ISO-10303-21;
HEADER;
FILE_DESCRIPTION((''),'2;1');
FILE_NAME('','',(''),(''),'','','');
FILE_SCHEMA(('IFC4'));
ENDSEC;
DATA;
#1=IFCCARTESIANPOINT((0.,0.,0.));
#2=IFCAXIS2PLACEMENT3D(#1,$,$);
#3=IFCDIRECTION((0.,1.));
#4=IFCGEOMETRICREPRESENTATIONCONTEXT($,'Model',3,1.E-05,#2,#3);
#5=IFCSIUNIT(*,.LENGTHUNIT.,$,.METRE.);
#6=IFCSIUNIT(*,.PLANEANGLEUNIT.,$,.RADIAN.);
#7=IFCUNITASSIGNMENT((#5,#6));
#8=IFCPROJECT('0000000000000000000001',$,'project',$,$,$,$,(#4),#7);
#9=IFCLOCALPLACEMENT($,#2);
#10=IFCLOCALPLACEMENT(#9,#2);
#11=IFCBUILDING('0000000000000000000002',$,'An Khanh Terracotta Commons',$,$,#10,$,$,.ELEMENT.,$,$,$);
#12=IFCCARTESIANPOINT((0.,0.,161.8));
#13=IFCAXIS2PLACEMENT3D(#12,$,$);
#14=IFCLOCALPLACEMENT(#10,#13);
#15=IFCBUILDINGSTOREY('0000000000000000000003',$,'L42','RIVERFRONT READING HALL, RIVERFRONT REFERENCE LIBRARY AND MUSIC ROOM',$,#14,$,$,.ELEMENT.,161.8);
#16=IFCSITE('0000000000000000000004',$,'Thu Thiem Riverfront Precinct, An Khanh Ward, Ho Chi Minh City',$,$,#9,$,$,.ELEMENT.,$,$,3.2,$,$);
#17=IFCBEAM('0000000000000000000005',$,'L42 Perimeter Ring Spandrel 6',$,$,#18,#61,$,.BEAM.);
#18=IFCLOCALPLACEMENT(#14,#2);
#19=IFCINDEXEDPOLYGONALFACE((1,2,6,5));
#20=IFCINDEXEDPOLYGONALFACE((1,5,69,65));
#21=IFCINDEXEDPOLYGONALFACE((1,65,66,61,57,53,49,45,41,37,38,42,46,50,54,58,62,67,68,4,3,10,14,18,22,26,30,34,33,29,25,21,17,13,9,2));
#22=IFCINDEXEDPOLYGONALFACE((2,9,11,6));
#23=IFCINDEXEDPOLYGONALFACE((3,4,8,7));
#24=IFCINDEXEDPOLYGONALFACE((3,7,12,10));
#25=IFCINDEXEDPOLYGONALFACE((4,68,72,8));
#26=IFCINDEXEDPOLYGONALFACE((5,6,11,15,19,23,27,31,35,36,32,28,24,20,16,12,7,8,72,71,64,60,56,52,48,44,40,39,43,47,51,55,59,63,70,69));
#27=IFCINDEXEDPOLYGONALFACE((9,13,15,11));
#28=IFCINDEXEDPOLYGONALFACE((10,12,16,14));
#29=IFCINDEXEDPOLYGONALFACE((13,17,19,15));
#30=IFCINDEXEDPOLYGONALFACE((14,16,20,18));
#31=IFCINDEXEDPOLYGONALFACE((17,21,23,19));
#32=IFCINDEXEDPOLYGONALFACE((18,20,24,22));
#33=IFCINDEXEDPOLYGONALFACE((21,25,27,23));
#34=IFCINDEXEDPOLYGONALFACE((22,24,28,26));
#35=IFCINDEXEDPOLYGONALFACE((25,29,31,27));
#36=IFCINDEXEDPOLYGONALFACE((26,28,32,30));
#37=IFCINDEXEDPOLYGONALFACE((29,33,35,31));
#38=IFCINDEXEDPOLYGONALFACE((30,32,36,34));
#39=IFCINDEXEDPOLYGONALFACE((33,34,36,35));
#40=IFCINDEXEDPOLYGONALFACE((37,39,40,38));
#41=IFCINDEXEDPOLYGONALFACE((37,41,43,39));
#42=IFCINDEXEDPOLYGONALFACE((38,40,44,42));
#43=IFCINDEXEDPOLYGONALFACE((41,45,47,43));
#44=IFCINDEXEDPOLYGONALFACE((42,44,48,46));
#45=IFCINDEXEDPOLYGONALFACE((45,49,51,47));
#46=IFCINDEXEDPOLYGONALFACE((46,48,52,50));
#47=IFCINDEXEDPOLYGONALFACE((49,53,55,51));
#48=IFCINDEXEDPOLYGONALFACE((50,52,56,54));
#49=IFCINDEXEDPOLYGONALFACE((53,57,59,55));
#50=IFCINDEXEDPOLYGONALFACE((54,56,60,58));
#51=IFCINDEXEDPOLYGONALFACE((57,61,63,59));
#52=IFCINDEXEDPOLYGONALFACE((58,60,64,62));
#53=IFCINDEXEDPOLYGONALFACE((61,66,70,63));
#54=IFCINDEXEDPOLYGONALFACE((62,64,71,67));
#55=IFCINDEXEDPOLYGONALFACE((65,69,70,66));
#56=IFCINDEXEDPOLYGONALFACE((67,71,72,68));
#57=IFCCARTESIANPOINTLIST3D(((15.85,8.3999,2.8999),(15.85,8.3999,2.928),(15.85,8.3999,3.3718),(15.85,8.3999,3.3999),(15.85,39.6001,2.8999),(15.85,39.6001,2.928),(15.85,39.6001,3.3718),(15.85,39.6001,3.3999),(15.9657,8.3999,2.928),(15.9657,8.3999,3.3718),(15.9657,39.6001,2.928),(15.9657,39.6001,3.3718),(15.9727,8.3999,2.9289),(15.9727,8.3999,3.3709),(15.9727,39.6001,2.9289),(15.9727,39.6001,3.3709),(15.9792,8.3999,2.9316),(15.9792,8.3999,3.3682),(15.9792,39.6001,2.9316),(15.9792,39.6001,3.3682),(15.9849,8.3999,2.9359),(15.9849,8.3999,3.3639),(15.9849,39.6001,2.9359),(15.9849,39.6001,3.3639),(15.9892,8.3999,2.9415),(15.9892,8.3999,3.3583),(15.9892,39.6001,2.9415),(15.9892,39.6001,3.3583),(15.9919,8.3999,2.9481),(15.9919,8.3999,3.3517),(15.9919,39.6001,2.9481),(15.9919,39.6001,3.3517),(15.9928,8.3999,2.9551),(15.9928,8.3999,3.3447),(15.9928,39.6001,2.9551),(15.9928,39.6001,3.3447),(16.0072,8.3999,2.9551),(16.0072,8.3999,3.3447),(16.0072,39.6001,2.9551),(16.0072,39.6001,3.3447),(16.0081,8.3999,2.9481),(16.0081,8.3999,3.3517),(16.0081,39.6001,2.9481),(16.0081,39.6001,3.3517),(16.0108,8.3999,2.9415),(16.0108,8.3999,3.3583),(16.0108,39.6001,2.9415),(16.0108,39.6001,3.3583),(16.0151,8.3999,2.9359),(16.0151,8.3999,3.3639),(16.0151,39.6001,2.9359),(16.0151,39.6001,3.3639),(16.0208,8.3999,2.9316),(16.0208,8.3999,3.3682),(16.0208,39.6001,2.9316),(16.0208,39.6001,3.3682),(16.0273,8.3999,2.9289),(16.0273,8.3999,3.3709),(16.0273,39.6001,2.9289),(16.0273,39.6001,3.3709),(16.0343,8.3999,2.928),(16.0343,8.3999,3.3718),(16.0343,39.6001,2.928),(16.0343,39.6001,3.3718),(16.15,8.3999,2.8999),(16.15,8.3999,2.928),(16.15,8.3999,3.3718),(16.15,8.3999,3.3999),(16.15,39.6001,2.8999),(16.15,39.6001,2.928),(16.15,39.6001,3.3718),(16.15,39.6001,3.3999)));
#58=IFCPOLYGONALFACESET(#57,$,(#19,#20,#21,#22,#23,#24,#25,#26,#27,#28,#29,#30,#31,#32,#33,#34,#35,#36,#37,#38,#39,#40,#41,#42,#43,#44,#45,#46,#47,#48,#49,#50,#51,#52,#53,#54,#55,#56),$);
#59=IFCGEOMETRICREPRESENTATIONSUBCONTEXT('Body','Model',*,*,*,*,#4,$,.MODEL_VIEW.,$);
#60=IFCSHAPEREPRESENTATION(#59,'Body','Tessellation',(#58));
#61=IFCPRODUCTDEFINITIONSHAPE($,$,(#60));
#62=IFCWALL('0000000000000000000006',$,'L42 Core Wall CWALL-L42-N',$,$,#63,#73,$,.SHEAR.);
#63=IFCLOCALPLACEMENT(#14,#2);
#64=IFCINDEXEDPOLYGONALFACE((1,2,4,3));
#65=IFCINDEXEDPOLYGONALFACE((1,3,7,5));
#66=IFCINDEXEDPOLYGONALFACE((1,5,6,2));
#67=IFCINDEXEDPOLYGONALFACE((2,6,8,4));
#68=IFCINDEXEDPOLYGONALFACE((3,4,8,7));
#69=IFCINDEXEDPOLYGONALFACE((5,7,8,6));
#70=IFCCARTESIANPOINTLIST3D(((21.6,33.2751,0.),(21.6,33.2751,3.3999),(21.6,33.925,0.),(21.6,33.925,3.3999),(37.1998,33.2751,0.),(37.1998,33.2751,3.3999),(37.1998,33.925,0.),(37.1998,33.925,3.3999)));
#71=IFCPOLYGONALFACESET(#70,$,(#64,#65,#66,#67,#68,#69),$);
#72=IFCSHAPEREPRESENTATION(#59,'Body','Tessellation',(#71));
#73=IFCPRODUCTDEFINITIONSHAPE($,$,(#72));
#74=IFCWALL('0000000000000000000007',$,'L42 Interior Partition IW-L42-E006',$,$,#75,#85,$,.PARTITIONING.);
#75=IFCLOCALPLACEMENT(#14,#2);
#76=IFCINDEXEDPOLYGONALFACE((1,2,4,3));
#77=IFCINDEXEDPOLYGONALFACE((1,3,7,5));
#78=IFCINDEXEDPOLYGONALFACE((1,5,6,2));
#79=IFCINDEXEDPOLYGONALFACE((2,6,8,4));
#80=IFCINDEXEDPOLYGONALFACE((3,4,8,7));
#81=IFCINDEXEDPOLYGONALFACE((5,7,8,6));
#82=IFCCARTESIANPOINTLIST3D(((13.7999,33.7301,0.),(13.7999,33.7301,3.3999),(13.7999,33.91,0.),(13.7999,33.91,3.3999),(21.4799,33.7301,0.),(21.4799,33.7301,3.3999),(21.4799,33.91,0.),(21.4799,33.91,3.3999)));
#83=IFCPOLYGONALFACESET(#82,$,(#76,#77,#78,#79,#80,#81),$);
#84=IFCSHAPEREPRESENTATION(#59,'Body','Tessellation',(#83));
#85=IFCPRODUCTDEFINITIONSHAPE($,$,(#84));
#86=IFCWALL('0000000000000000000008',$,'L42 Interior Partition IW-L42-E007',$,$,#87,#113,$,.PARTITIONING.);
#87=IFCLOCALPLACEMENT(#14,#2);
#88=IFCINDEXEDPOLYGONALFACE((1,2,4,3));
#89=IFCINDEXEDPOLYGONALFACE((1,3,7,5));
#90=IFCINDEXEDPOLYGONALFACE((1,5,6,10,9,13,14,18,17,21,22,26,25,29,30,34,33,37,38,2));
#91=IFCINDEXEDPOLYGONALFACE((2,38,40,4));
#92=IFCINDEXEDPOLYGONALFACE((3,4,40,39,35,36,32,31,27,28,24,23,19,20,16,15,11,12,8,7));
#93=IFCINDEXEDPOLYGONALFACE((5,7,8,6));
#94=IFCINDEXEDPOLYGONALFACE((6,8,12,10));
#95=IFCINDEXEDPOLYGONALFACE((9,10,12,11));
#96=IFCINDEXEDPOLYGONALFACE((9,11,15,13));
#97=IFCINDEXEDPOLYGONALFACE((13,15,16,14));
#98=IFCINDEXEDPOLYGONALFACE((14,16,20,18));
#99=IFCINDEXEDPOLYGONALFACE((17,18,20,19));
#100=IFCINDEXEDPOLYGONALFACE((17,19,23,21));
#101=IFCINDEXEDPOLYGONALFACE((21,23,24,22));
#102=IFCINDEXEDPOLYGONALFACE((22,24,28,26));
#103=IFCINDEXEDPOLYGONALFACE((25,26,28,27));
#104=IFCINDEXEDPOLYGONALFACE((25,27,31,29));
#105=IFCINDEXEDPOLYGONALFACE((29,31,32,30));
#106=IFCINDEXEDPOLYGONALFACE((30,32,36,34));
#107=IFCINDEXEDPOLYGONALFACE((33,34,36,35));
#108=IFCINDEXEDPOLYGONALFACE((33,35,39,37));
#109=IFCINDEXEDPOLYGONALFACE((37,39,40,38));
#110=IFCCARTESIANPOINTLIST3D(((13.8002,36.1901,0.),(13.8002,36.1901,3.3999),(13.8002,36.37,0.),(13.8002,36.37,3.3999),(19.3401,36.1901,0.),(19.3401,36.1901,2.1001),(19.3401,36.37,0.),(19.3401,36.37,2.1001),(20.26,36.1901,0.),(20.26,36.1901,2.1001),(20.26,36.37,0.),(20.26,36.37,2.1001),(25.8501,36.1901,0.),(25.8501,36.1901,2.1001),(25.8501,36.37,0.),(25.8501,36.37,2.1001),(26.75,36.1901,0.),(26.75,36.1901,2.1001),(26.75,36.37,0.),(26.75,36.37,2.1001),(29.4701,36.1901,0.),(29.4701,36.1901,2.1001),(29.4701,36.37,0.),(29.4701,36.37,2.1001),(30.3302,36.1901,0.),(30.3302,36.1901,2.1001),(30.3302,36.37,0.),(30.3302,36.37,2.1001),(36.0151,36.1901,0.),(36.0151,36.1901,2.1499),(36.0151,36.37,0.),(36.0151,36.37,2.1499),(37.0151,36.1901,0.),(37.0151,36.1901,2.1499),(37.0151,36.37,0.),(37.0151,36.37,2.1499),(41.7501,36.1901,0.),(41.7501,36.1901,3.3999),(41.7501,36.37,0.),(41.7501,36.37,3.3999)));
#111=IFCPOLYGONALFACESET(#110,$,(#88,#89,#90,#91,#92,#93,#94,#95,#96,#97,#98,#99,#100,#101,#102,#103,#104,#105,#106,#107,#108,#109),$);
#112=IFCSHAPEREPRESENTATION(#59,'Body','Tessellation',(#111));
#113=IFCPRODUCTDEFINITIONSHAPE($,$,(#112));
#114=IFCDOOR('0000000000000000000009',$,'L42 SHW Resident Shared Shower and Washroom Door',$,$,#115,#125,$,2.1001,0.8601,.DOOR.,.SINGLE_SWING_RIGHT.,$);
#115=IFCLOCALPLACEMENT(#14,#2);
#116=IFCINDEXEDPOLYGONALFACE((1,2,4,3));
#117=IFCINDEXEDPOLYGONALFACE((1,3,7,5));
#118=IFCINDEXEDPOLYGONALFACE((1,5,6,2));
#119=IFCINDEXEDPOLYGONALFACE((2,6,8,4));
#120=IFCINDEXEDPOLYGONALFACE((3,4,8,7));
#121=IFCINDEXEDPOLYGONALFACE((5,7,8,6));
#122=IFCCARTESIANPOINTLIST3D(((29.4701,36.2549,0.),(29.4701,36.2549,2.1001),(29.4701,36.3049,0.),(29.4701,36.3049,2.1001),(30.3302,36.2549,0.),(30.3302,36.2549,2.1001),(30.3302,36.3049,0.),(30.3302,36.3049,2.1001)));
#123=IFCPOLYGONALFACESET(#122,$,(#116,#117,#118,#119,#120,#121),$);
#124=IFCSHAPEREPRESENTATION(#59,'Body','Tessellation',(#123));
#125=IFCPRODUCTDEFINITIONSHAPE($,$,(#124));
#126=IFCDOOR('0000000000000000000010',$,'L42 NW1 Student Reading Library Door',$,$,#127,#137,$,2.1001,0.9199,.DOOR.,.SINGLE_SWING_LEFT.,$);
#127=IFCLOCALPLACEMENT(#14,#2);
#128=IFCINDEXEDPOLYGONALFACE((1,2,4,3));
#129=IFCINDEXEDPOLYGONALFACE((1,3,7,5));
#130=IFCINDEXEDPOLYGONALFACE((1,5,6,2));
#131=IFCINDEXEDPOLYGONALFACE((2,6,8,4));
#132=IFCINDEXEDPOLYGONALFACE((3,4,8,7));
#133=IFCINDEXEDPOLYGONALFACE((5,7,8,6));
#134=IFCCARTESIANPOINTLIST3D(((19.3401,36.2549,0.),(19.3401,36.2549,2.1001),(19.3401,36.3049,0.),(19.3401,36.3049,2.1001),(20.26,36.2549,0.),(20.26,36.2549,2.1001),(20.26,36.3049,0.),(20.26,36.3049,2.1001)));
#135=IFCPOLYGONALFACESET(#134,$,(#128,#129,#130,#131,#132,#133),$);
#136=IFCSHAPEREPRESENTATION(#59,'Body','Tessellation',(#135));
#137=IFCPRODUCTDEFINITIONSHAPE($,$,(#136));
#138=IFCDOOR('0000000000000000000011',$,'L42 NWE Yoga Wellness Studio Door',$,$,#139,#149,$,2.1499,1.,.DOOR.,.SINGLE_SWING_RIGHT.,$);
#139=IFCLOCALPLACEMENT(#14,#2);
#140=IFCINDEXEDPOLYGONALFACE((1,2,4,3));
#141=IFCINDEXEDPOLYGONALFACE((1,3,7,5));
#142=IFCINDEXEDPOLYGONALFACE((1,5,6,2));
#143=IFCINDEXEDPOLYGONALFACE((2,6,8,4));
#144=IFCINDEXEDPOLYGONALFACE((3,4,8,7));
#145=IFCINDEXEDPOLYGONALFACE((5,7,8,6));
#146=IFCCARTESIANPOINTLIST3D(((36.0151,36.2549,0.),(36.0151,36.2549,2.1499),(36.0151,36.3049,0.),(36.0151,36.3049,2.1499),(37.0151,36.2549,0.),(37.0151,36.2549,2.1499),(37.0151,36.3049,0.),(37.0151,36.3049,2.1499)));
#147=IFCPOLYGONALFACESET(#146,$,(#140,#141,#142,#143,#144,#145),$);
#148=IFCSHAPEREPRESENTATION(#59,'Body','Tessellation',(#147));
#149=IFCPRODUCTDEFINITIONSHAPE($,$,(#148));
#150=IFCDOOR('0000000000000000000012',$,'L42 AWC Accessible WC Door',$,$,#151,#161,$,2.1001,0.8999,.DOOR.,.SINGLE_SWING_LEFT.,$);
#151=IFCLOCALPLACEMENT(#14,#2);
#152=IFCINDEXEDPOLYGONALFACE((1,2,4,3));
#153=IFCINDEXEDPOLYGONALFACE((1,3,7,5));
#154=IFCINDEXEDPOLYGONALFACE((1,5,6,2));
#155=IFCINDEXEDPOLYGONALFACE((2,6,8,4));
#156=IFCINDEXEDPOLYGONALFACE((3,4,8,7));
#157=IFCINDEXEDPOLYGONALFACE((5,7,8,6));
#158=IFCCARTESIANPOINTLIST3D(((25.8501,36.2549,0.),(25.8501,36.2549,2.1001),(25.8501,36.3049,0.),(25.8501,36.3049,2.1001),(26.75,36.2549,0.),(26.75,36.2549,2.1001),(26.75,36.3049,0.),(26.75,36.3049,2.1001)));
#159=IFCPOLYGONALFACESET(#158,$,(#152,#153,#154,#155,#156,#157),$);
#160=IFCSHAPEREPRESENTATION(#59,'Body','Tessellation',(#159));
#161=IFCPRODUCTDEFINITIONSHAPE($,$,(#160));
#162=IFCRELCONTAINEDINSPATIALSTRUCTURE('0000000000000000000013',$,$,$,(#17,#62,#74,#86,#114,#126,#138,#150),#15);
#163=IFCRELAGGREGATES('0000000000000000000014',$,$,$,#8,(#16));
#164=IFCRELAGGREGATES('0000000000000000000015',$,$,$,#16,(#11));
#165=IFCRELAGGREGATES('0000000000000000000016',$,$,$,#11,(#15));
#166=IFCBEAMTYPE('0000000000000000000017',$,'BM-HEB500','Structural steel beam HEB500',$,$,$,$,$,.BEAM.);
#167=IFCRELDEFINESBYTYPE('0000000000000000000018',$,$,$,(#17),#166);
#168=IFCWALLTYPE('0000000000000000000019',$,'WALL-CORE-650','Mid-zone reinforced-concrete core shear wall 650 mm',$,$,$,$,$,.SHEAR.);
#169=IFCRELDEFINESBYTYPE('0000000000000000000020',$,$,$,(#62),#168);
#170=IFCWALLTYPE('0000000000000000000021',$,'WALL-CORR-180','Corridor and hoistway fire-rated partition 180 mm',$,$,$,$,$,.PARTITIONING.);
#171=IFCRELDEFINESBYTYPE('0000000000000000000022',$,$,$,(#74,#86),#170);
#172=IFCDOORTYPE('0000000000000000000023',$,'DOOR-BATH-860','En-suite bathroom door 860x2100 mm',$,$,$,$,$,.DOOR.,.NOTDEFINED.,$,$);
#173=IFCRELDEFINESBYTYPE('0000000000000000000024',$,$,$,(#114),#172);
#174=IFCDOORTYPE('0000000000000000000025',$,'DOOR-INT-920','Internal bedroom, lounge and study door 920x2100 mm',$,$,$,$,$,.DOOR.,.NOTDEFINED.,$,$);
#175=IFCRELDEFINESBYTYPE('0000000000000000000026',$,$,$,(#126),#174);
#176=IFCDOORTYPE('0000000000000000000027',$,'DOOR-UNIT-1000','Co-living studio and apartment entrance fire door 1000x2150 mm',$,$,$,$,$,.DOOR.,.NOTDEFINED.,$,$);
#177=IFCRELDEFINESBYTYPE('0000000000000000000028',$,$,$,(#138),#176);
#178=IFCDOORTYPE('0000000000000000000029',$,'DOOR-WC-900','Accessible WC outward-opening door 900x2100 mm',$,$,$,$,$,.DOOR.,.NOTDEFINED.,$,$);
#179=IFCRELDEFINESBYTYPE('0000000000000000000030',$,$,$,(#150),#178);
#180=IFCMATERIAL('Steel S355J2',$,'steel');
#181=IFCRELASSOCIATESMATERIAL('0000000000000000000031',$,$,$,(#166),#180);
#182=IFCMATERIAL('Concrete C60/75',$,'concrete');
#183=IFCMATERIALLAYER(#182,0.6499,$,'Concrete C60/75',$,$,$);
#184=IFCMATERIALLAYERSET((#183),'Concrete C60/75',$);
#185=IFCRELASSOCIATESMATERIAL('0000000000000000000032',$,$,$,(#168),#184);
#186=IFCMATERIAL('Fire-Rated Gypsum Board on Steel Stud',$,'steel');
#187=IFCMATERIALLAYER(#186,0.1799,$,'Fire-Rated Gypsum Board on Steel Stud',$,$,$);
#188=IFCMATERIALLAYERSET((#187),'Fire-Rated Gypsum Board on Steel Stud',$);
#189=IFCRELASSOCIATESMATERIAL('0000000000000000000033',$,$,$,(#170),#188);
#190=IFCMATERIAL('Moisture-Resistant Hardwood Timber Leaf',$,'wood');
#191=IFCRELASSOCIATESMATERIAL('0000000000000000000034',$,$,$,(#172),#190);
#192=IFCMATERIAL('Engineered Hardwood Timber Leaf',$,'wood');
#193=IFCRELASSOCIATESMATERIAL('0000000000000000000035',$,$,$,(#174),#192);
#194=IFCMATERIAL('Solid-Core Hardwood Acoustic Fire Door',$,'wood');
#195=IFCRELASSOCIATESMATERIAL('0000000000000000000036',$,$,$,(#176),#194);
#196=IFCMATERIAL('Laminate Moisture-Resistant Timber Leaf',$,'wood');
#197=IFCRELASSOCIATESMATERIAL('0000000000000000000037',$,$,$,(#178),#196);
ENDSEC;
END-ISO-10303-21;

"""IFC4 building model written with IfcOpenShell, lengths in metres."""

from ifc_helpers import new_model, si_unit, direction, frame, frame_2d, origin, origin_2d, place, context, subcontext, project, spatial, rectangle, i_section, extrude, material, layer, layer_set, material_profile, profile_set, type_object, element, fill, save


model = new_model("IFC4")

# Units and contexts
model_context = context("Model", 3, precision=1e-05, world=origin(), true_north=direction((0.0, 1.0)))
body_context = subcontext(model_context, "Body", "Model", "MODEL_VIEW")
ifc_project = project(units=[si_unit("LENGTHUNIT", "METRE"), si_unit("PLANEANGLEUNIT", "RADIAN")], contexts=[model_context])

# Site, building, storey
site_placement = place(None, origin())
site = spatial("IfcSite", under=ifc_project, at=site_placement, Name="Thu Thiem Riverfront Precinct, An Khanh Ward, Ho Chi Minh City", CompositionType="ELEMENT", RefElevation=3.2)
building_placement = place(site_placement, origin())
building = spatial("IfcBuilding", under=site, at=building_placement, Name="An Khanh Terracotta Commons", CompositionType="ELEMENT")
storey_placement = place(building_placement, frame((0.0, 0.0, 161.8)))
storey = spatial("IfcBuildingStorey", under=building, at=storey_placement, Name="L42", Description="RIVERFRONT READING HALL, RIVERFRONT REFERENCE LIBRARY AND MUSIC ROOM", CompositionType="ELEMENT", Elevation=161.8)

# Shared definitions
ifc_material_1 = material(Name="Concrete C60/75", Category="concrete")

# Beam
ifc_material_2 = material(Name="Steel S355J2", Category="steel")
ifc_material_profile_1 = material_profile(ifc_material_2, i_section(OverallWidth=0.3, OverallDepth=0.5, WebThickness=0.0144, FlangeThickness=0.0281, FilletRadius=0.0271, at=origin_2d()), Name="HEB500")
ifc_profile_set_1 = profile_set([ifc_material_profile_1], Name="Steel S355J2")
beam_type_1 = type_object("IfcBeamType", Name="BM-HEB500", Description="Structural steel beam HEB500", PredefinedType="BEAM", material=ifc_profile_set_1)
beam_1_placement = place(storey_placement, frame((16.0, 39.6001, 3.1499), z_axis=(0.0, -1.0, 0.0), x_axis=(1.0, 0.0, 0.0)))
element("IfcBeam", 1, at=beam_1_placement, inside=storey, type_object=beam_type_1, Name="L42 Perimeter Ring Spandrel 6", PredefinedType="BEAM", context=body_context, shape_type="SweptSolid", body=[
    extrude(i_section(OverallWidth=0.3, OverallDepth=0.5, WebThickness=0.0144, FlangeThickness=0.0281, FilletRadius=0.0271, at=origin_2d()), origin(), (0.0, 0.0, 1.0), 31.2002),
])

# Walls
ifc_layer_1 = layer(ifc_material_1, 0.6499, Name="Concrete C60/75")
ifc_layer_set_1 = layer_set([ifc_layer_1], Name="Concrete C60/75")
wall_type_1 = type_object("IfcWallType", Name="WALL-CORE-650", Description="Mid-zone reinforced-concrete core shear wall 650 mm", PredefinedType="SHEAR", material=ifc_layer_set_1)
wall_1_placement = place(storey_placement, frame((21.6001, 33.6001, 0.0), z_axis=(0.0, 0.0, 1.0), x_axis=(1.0, 0.0, 0.0)))
element("IfcWall", 2, at=wall_1_placement, inside=storey, type_object=wall_type_1, Name="L42 Core Wall CWALL-L42-N", PredefinedType="SHEAR", context=body_context, shape_type="SweptSolid", body=[
    extrude(rectangle(XDim=15.5999, YDim=0.6499, at=frame_2d((7.7998, 0.0))), origin(), (0.0, 0.0, 1.0), 3.3999),
])
ifc_material_3 = material(Name="Fire-Rated Gypsum Board on Steel Stud", Category="steel")
ifc_layer_2 = layer(ifc_material_3, 0.1799, Name="Fire-Rated Gypsum Board on Steel Stud")
ifc_layer_set_2 = layer_set([ifc_layer_2], Name="Fire-Rated Gypsum Board on Steel Stud")
wall_type_2 = type_object("IfcWallType", Name="WALL-CORR-180", Description="Corridor and hoistway fire-rated partition 180 mm", PredefinedType="PARTITIONING", material=ifc_layer_set_2)
wall_2_placement = place(storey_placement, frame((13.8, 33.8201, 0.0), z_axis=(0.0, 0.0, 1.0), x_axis=(1.0, 0.0, 0.0)))
element("IfcWall", 3, at=wall_2_placement, inside=storey, type_object=wall_type_2, Name="L42 Interior Partition IW-L42-E006", PredefinedType="PARTITIONING", context=body_context, shape_type="SweptSolid", body=[
    extrude(rectangle(XDim=7.6799, YDim=0.1799, at=frame_2d((3.8398, 0.0))), origin(), (0.0, 0.0, 1.0), 3.3999),
])

# Wall, openings, doors
wall_3_placement = place(storey_placement, frame((13.8, 36.28, 0.0), z_axis=(0.0, 0.0, 1.0), x_axis=(1.0, 0.0, 0.0)))
wall_3 = element("IfcWall", 4, at=wall_3_placement, inside=storey, type_object=wall_type_2, Name="L42 Interior Partition IW-L42-E007", PredefinedType="PARTITIONING", context=body_context, shape_type="SweptSolid", body=[
    extrude(rectangle(XDim=27.95, YDim=0.1799, at=frame_2d((13.9751, 0.0))), origin(), (0.0, 0.0, 1.0), 3.3999),
])
opening_1_placement = place(wall_3_placement, frame((12.05, 0.0, 0.0)))
opening_1 = element("IfcOpeningElement", 5, at=opening_1_placement, cuts=wall_3, PredefinedType="OPENING", context=body_context, shape_type="SweptSolid", body=[
    extrude(rectangle(XDim=0.8999, YDim=2.1001, at=frame_2d((0.45, 1.05))), frame((0.0, 0.0999, 0.0), z_axis=(0.0, -1.0, 0.0), x_axis=(1.0, 0.0, 0.0)), (0.0, 0.0, 1.0), 0.2),
])
opening_2_placement = place(wall_3_placement, frame((15.6699, 0.0, 0.0)))
opening_2 = element("IfcOpeningElement", 6, at=opening_2_placement, cuts=wall_3, PredefinedType="OPENING", context=body_context, shape_type="SweptSolid", body=[
    extrude(rectangle(XDim=0.8601, YDim=2.1001, at=frame_2d((0.4302, 1.05))), frame((0.0, 0.0999, 0.0), z_axis=(0.0, -1.0, 0.0), x_axis=(1.0, 0.0, 0.0)), (0.0, 0.0, 1.0), 0.2),
])
opening_3_placement = place(wall_3_placement, frame((5.54, 0.0, 0.0)))
opening_3 = element("IfcOpeningElement", 7, at=opening_3_placement, cuts=wall_3, PredefinedType="OPENING", context=body_context, shape_type="SweptSolid", body=[
    extrude(rectangle(XDim=0.9199, YDim=2.1001, at=frame_2d((0.46, 1.05))), frame((0.0, 0.0999, 0.0), z_axis=(0.0, -1.0, 0.0), x_axis=(1.0, 0.0, 0.0)), (0.0, 0.0, 1.0), 0.2),
])
opening_4_placement = place(wall_3_placement, frame((22.2151, 0.0, 0.0)))
opening_4 = element("IfcOpeningElement", 8, at=opening_4_placement, cuts=wall_3, PredefinedType="OPENING", context=body_context, shape_type="SweptSolid", body=[
    extrude(rectangle(XDim=1.0, YDim=2.1499, at=frame_2d((0.5, 1.075))), frame((0.0, 0.0999, 0.0), z_axis=(0.0, -1.0, 0.0), x_axis=(1.0, 0.0, 0.0)), (0.0, 0.0, 1.0), 0.2),
])
ifc_material_4 = material(Name="Moisture-Resistant Hardwood Timber Leaf", Category="wood")
door_type_1 = type_object("IfcDoorType", Name="DOOR-BATH-860", Description="En-suite bathroom door 860x2100 mm", OperationType="NOTDEFINED", PredefinedType="DOOR", material=ifc_material_4)
door_1_placement = place(opening_2_placement, origin())
door_1 = element("IfcDoor", 9, at=door_1_placement, inside=storey, type_object=door_type_1, Name="L42 SHW Resident Shared Shower and Washroom Door", OperationType="SINGLE_SWING_RIGHT", OverallHeight=2.1001, OverallWidth=0.8601, PredefinedType="DOOR", context=body_context, shape_type="SweptSolid", body=[
    extrude(rectangle(XDim=0.8601, YDim=2.1001, at=frame_2d((0.4302, 1.05))), frame((0.0, 0.0249, 0.0), z_axis=(0.0, -1.0, 0.0), x_axis=(1.0, 0.0, 0.0)), (0.0, 0.0, 1.0), 0.05),
])
fill(opening_2, door_1)
ifc_material_5 = material(Name="Engineered Hardwood Timber Leaf", Category="wood")
door_type_2 = type_object("IfcDoorType", Name="DOOR-INT-920", Description="Internal bedroom, lounge and study door 920x2100 mm", OperationType="NOTDEFINED", PredefinedType="DOOR", material=ifc_material_5)
door_2_placement = place(opening_3_placement, origin())
door_2 = element("IfcDoor", 10, at=door_2_placement, inside=storey, type_object=door_type_2, Name="L42 NW1 Student Reading Library Door", OperationType="SINGLE_SWING_LEFT", OverallHeight=2.1001, OverallWidth=0.9199, PredefinedType="DOOR", context=body_context, shape_type="SweptSolid", body=[
    extrude(rectangle(XDim=0.9199, YDim=2.1001, at=frame_2d((0.46, 1.05))), frame((0.0, 0.0249, 0.0), z_axis=(0.0, -1.0, 0.0), x_axis=(1.0, 0.0, 0.0)), (0.0, 0.0, 1.0), 0.05),
])
fill(opening_3, door_2)
ifc_material_6 = material(Name="Solid-Core Hardwood Acoustic Fire Door", Category="wood")
door_type_3 = type_object("IfcDoorType", Name="DOOR-UNIT-1000", Description="Co-living studio and apartment entrance fire door 1000x2150 mm", OperationType="NOTDEFINED", PredefinedType="DOOR", material=ifc_material_6)
door_3_placement = place(opening_4_placement, origin())
door_3 = element("IfcDoor", 11, at=door_3_placement, inside=storey, type_object=door_type_3, Name="L42 NWE Yoga Wellness Studio Door", OperationType="SINGLE_SWING_RIGHT", OverallHeight=2.1499, OverallWidth=1.0, PredefinedType="DOOR", context=body_context, shape_type="SweptSolid", body=[
    extrude(rectangle(XDim=1.0, YDim=2.1499, at=frame_2d((0.5, 1.075))), frame((0.0, 0.0249, 0.0), z_axis=(0.0, -1.0, 0.0), x_axis=(1.0, 0.0, 0.0)), (0.0, 0.0, 1.0), 0.05),
])
fill(opening_4, door_3)
ifc_material_7 = material(Name="Laminate Moisture-Resistant Timber Leaf", Category="wood")
door_type_4 = type_object("IfcDoorType", Name="DOOR-WC-900", Description="Accessible WC outward-opening door 900x2100 mm", OperationType="NOTDEFINED", PredefinedType="DOOR", material=ifc_material_7)
door_4_placement = place(opening_1_placement, origin())
door_4 = element("IfcDoor", 12, at=door_4_placement, inside=storey, type_object=door_type_4, Name="L42 AWC Accessible WC Door", OperationType="SINGLE_SWING_LEFT", OverallHeight=2.1001, OverallWidth=0.8999, PredefinedType="DOOR", context=body_context, shape_type="SweptSolid", body=[
    extrude(rectangle(XDim=0.8999, YDim=2.1001, at=frame_2d((0.45, 1.05))), frame((0.0, 0.0249, 0.0), z_axis=(0.0, -1.0, 0.0), x_axis=(1.0, 0.0, 0.0)), (0.0, 0.0, 1.0), 0.05),
])
fill(opening_1, door_4)

save(model, "model.ifc")
